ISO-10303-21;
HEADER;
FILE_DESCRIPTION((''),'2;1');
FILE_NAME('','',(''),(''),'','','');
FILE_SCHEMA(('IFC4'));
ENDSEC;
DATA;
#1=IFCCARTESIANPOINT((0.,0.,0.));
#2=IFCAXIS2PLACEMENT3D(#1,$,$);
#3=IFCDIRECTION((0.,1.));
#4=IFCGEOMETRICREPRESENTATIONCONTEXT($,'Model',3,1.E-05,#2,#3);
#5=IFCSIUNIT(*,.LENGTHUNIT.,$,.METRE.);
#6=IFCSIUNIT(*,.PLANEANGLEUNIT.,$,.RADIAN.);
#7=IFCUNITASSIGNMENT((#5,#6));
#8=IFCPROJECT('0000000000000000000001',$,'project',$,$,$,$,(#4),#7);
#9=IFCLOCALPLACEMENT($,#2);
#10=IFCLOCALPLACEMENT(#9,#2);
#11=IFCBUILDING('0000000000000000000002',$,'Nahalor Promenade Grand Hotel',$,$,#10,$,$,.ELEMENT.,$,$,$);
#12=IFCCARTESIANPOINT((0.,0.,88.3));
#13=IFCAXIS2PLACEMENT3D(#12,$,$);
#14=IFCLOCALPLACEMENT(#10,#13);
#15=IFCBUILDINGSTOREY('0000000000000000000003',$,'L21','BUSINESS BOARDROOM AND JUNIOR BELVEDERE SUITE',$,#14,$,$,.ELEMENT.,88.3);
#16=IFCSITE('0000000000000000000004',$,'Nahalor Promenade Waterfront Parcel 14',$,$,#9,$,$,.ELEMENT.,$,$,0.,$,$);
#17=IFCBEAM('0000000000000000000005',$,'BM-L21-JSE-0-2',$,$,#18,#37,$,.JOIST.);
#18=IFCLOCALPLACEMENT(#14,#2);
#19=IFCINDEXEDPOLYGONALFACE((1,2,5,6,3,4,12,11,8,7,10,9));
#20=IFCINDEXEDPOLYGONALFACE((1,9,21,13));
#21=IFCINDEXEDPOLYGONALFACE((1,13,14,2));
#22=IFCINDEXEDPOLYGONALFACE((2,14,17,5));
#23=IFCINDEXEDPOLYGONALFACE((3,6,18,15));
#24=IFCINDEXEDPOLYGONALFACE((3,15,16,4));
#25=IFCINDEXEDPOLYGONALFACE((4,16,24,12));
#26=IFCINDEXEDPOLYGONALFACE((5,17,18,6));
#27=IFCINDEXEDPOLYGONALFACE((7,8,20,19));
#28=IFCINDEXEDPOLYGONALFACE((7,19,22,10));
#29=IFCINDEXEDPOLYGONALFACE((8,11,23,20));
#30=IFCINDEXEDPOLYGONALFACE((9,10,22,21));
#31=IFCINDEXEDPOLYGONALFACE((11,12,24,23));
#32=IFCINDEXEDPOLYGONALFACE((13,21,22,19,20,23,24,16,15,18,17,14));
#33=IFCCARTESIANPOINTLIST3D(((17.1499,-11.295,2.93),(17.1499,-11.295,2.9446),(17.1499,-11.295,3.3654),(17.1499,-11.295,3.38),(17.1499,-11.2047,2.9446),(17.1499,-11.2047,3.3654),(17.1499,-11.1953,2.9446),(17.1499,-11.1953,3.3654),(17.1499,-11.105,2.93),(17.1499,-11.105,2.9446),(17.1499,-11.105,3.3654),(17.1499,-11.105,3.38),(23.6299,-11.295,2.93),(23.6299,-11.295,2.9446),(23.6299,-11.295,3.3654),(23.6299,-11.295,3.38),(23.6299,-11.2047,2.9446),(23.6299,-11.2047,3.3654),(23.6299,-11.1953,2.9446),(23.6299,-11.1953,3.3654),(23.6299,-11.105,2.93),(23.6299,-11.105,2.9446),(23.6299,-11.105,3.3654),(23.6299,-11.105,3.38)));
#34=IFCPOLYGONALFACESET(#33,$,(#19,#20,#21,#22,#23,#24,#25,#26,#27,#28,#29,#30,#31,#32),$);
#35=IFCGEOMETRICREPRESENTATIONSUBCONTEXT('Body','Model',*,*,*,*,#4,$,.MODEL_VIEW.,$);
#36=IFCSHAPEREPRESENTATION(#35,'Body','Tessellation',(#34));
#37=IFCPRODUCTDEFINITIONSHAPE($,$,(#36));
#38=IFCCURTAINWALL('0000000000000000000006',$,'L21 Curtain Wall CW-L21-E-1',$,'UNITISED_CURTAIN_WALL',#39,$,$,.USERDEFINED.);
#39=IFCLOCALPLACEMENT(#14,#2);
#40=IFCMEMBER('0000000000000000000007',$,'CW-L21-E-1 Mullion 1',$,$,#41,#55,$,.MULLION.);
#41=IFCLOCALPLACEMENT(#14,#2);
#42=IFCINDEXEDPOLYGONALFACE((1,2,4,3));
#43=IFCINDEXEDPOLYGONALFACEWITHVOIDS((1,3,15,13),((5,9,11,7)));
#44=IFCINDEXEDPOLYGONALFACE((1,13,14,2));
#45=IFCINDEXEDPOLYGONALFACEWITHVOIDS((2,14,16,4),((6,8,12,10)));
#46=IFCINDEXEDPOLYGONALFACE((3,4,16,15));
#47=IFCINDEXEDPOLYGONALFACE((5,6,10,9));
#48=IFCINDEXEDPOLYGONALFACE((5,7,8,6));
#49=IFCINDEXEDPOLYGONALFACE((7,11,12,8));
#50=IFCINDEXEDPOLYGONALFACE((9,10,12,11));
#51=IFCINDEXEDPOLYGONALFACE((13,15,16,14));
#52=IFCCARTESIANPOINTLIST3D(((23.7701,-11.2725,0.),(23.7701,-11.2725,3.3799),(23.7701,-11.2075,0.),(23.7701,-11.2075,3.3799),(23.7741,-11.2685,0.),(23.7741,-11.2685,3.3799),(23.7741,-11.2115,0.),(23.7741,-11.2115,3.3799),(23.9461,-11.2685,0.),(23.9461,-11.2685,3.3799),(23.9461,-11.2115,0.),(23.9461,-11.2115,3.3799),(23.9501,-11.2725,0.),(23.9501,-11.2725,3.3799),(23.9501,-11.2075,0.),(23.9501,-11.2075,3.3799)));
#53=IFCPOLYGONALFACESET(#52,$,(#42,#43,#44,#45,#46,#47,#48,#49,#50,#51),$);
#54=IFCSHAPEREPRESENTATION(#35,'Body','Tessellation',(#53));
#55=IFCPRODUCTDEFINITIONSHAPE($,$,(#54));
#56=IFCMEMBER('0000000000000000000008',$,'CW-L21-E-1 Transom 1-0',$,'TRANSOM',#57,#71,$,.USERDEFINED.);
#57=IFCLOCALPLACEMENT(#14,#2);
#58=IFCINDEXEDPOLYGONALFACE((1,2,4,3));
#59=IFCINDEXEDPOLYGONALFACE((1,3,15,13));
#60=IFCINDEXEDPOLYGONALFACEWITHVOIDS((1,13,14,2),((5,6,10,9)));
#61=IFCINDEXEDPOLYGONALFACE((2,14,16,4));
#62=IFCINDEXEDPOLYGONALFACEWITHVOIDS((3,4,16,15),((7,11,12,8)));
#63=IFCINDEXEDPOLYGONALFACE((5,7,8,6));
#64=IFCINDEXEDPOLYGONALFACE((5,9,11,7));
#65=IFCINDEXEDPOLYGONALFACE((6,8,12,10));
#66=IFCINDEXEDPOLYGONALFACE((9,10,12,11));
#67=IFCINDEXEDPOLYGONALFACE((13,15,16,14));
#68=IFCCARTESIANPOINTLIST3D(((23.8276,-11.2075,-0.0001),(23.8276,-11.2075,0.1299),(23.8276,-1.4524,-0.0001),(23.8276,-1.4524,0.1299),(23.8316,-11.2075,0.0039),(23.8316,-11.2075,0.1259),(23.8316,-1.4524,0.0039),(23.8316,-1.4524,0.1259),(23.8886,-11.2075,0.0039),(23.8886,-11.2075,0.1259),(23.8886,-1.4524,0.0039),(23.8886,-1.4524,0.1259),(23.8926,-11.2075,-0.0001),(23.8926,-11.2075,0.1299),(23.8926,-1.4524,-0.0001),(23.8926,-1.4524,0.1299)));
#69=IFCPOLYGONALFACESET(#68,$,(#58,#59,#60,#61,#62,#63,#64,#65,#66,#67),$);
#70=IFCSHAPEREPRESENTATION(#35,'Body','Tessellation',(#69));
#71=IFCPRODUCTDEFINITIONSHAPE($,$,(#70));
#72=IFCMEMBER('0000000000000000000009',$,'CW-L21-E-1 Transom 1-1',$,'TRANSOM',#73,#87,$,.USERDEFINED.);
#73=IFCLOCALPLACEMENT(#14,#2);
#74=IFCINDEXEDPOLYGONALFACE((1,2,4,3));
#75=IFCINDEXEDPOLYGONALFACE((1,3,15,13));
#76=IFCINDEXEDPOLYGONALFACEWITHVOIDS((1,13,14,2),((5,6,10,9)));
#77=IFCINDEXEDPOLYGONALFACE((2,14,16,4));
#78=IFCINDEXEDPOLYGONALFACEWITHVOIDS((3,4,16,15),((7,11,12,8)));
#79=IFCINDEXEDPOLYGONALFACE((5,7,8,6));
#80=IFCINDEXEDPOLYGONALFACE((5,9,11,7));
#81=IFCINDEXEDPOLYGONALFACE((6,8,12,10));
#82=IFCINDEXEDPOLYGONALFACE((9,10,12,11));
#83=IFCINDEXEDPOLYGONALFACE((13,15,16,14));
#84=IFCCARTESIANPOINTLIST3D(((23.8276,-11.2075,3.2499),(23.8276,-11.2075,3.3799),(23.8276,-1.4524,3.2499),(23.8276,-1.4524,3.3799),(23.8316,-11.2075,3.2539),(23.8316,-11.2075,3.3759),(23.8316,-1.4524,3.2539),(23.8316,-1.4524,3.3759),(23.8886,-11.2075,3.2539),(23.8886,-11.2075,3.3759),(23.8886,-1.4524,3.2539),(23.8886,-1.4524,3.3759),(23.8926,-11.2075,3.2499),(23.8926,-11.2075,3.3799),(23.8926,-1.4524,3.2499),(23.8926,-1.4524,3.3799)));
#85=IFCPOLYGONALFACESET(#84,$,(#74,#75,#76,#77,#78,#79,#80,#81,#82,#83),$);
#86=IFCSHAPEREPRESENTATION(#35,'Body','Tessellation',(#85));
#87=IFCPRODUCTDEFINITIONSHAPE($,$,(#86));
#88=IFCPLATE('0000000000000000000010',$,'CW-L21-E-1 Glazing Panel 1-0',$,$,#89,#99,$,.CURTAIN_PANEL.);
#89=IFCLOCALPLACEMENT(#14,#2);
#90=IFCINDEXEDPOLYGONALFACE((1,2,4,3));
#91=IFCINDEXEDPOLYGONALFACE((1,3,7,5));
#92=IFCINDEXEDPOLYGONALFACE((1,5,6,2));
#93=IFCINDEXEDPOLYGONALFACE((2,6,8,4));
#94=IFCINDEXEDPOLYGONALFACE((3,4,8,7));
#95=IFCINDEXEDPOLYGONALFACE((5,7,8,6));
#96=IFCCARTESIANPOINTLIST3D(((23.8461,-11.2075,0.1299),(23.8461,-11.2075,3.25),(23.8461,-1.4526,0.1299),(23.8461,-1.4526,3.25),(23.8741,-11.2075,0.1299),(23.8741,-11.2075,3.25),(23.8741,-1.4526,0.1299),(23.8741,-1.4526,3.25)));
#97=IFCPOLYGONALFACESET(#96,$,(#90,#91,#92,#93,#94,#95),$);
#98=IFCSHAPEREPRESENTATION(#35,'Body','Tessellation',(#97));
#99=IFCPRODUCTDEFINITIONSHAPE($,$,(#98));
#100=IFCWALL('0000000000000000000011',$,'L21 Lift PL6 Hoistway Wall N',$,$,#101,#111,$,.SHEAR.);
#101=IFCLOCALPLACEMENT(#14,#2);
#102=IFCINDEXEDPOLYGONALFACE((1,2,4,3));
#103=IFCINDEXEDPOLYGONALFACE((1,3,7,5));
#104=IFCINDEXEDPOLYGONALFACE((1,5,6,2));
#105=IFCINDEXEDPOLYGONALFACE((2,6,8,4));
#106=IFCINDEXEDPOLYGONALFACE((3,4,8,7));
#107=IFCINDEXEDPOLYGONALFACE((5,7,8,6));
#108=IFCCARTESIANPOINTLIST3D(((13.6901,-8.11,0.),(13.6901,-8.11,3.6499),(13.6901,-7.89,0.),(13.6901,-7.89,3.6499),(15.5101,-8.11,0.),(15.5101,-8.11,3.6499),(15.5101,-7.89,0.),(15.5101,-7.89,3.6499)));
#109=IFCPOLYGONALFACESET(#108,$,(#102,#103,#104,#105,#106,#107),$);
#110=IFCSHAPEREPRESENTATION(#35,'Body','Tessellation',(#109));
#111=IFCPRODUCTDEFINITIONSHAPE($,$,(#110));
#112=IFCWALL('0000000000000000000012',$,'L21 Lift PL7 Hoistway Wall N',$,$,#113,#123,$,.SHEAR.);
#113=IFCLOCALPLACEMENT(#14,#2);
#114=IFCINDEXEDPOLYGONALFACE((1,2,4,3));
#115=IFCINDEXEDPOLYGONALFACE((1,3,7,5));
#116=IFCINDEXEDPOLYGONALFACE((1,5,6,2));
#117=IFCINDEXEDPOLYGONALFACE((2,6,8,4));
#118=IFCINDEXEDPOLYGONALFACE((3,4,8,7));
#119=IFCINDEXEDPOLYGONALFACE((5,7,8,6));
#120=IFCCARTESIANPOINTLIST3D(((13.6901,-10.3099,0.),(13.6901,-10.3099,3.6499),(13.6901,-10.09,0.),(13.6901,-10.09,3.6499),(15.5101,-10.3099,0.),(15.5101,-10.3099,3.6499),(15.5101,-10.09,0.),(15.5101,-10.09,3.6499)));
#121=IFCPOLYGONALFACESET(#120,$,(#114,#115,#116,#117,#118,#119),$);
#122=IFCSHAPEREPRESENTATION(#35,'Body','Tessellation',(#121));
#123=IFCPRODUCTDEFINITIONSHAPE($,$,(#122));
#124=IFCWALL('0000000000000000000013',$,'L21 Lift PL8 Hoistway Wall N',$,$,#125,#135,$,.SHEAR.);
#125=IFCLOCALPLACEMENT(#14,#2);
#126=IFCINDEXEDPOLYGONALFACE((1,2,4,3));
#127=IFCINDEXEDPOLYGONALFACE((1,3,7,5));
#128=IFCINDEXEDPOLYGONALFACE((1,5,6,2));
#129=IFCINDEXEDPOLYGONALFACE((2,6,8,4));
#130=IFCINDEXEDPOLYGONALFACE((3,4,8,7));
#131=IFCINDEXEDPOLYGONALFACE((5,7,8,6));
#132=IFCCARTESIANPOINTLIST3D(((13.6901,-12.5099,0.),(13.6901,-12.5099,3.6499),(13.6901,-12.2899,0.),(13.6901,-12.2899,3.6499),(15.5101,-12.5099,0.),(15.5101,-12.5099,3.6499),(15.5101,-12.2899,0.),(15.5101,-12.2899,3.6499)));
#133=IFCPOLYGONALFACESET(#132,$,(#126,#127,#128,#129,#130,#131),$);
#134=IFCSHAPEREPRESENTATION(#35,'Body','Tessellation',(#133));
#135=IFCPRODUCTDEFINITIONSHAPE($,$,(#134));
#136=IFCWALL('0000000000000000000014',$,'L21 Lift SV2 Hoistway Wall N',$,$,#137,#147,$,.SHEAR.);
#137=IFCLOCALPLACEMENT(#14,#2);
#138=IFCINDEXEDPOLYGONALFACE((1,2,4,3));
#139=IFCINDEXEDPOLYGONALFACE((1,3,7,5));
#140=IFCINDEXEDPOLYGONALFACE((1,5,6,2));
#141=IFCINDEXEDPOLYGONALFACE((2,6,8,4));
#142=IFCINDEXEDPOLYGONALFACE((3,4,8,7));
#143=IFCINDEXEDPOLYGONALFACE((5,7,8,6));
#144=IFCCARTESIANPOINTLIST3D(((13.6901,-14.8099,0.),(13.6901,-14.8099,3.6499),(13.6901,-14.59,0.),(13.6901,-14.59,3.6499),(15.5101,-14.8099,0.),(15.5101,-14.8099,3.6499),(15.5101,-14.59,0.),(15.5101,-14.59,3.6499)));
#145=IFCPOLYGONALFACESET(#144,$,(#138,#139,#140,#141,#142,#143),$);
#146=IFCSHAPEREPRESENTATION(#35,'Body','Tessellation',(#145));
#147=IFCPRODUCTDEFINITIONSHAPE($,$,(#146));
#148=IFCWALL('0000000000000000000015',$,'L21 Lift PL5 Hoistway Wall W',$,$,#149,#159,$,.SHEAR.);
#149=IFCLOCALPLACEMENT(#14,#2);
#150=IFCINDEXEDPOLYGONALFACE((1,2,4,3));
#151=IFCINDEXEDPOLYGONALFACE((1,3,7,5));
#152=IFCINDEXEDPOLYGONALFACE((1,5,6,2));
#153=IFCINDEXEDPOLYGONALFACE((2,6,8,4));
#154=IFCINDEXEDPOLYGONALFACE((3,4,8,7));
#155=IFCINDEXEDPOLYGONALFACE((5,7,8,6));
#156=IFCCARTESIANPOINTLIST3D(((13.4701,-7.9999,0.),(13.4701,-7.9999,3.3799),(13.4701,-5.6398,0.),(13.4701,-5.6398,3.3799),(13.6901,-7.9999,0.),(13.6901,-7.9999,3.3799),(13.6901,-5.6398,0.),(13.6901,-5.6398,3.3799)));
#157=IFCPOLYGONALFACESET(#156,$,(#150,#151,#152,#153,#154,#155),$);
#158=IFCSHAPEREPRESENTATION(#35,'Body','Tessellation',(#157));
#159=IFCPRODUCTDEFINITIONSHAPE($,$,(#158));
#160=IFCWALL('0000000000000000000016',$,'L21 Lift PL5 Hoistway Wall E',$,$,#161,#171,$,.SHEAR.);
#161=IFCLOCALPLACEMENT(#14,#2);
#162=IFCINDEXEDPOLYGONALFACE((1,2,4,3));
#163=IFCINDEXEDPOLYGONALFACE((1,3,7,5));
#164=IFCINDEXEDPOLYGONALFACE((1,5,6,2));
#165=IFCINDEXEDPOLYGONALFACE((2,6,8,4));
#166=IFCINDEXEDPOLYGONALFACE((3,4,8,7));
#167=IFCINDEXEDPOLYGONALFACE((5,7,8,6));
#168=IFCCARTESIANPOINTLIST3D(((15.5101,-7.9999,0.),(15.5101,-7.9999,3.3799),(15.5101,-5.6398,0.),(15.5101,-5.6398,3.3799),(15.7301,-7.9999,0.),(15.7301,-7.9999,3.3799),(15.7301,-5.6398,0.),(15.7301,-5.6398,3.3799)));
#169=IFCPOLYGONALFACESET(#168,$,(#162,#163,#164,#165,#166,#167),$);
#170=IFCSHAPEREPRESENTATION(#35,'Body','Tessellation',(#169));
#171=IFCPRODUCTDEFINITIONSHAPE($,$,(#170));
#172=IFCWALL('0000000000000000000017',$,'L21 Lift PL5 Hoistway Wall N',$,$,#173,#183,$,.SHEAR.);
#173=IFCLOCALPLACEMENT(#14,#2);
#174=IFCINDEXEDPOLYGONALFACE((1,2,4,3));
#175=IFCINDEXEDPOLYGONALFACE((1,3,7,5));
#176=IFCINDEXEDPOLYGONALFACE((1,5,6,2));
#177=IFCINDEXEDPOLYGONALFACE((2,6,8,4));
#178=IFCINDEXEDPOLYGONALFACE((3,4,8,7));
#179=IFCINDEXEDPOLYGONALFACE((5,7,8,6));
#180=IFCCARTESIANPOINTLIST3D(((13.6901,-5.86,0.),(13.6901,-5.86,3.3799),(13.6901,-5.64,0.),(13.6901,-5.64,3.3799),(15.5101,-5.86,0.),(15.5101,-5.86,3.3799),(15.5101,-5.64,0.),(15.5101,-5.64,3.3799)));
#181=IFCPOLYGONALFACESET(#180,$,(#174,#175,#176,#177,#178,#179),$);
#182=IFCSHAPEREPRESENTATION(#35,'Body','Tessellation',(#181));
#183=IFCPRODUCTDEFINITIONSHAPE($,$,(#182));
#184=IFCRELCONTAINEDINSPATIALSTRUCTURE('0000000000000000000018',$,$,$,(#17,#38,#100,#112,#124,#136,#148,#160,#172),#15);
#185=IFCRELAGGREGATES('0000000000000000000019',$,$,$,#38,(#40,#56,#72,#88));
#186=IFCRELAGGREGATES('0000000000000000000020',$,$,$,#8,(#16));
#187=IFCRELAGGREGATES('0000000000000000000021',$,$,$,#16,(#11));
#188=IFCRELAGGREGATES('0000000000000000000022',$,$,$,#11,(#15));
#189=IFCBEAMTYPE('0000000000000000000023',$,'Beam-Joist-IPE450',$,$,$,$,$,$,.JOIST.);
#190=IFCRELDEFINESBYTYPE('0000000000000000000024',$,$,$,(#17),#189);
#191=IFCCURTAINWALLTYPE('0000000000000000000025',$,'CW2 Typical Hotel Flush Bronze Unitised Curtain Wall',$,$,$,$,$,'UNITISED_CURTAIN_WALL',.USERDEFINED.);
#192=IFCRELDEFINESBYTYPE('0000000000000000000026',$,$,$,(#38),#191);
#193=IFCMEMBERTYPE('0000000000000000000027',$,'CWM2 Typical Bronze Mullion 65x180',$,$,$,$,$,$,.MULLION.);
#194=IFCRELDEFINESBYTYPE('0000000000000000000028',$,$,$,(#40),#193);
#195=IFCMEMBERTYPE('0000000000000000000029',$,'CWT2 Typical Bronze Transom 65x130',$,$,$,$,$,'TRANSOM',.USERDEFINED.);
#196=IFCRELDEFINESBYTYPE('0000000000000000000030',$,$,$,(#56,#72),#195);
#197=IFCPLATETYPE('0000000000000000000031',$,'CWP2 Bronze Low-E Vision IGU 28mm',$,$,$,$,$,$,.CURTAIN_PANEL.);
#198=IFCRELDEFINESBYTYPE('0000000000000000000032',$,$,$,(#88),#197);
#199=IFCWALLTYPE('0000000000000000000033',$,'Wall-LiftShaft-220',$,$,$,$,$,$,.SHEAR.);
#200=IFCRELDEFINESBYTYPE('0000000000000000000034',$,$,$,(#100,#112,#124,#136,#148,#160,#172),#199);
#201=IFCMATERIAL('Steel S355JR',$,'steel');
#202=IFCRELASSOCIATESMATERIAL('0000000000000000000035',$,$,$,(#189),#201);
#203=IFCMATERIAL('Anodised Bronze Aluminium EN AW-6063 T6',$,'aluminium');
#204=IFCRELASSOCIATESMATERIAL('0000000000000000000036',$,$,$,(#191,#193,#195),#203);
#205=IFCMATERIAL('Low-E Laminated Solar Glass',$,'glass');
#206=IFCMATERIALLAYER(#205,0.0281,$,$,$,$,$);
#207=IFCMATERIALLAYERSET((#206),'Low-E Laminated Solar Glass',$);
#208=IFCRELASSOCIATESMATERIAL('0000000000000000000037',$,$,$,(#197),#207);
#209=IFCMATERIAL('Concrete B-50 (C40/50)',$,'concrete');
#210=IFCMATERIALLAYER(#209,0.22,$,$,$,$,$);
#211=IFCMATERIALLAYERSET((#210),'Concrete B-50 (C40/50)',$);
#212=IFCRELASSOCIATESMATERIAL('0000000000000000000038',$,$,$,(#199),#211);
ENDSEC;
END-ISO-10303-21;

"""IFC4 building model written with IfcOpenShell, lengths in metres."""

from ifc_helpers import new_model, si_unit, direction, frame, frame_2d, origin, origin_2d, place, context, subcontext, project, spatial, rectangle, hollow_rectangle, i_section, extrude, source, transform, mapped, material, layer, layer_set, material_profile, profile_set, type_object, element, aggregate, save


model = new_model("IFC4")

# Units and contexts
model_context = context("Model", 3, precision=1e-05, world=origin(), true_north=direction((0.0, 1.0)))
body_context = subcontext(model_context, "Body", "Model", "MODEL_VIEW")
ifc_project = project(units=[si_unit("LENGTHUNIT", "METRE"), si_unit("PLANEANGLEUNIT", "RADIAN")], contexts=[model_context])

# Site, building, storey
site_placement = place(None, origin())
site = spatial("IfcSite", under=ifc_project, at=site_placement, Name="Nahalor Promenade Waterfront Parcel 14", CompositionType="ELEMENT", RefElevation=0.0)
building_placement = place(site_placement, origin())
building = spatial("IfcBuilding", under=site, at=building_placement, Name="Nahalor Promenade Grand Hotel", CompositionType="ELEMENT")
storey_placement = place(building_placement, frame((0.0, 0.0, 88.3)))
storey = spatial("IfcBuildingStorey", under=building, at=storey_placement, Name="L21", Description="BUSINESS BOARDROOM AND JUNIOR BELVEDERE SUITE", CompositionType="ELEMENT", Elevation=88.3)

# Beam
ifc_material_1 = material(Name="Steel S355JR", Category="steel")
ifc_material_profile_1 = material_profile(ifc_material_1, i_section(OverallWidth=0.19, OverallDepth=0.45, WebThickness=0.0094, FlangeThickness=0.0146, at=origin_2d()), Name="IPE 450")
ifc_profile_set_1 = profile_set([ifc_material_profile_1], Name="Steel S355JR")
beam_type_1 = type_object("IfcBeamType", Name="Beam-Joist-IPE450", PredefinedType="JOIST", material=ifc_profile_set_1)
shared_shape_1 = source(origin(), body_context, "Body", "SweptSolid", [
    extrude(i_section(OverallWidth=0.19, OverallDepth=0.45, WebThickness=0.0094, FlangeThickness=0.0146, at=origin_2d()), origin(), (0.0, 0.0, 1.0), 6.48),
])
beam_1_placement = place(storey_placement, frame((17.1499, -11.2, 3.155), z_axis=(1.0, 0.0, 0.0), x_axis=(0.0, 1.0, 0.0)))
element("IfcBeam", 1, at=beam_1_placement, inside=storey, type_object=beam_type_1, Name="BM-L21-JSE-0-2", PredefinedType="JOIST", context=body_context, shape_type="MappedRepresentation", body=[
    mapped(shared_shape_1, transform((0.0, 0.0, 0.0), scale=1.0)),
])

# Curtain wall, members, plate
ifc_material_2 = material(Name="Anodised Bronze Aluminium EN AW-6063 T6", Category="aluminium")
curtain_wall_type = type_object("IfcCurtainWallType", Name="CW2 Typical Hotel Flush Bronze Unitised Curtain Wall", ElementType="UNITISED_CURTAIN_WALL", PredefinedType="USERDEFINED", material=ifc_material_2)
curtain_wall_placement = place(storey_placement, origin())
curtain_wall = element("IfcCurtainWall", 2, at=curtain_wall_placement, inside=storey, type_object=curtain_wall_type, Name="L21 Curtain Wall CW-L21-E-1", ObjectType="UNITISED_CURTAIN_WALL", PredefinedType="USERDEFINED")
ifc_material_profile_2 = material_profile(ifc_material_2, hollow_rectangle(XDim=0.065, YDim=0.18, WallThickness=0.004, at=origin_2d()), Name="CWM 65x180x4")
ifc_profile_set_2 = profile_set([ifc_material_profile_2], Name="Anodised Bronze Aluminium EN AW-6063 T6")
member_type_1 = type_object("IfcMemberType", Name="CWM2 Typical Bronze Mullion 65x180", PredefinedType="MULLION", material=ifc_profile_set_2)
shared_shape_2 = source(origin(), body_context, "Body", "SweptSolid", [
    extrude(hollow_rectangle(XDim=0.065, YDim=0.18, WallThickness=0.004, at=origin_2d()), origin(), (0.0, 0.0, 1.0), 3.3799),
])
member_1_placement = place(storey_placement, frame((23.8601, -11.24, 0.0), z_axis=(0.0, 0.0, 1.0), x_axis=(0.0, 1.0, 0.0)))
member_1 = element("IfcMember", 3, at=member_1_placement, type_object=member_type_1, Name="CW-L21-E-1 Mullion 1", PredefinedType="MULLION", context=body_context, shape_type="MappedRepresentation", body=[
    mapped(shared_shape_2, transform((0.0, 0.0, 0.0), scale=1.0)),
])
ifc_material_profile_3 = material_profile(ifc_material_2, hollow_rectangle(XDim=0.065, YDim=0.13, WallThickness=0.004, at=origin_2d()), Name="CWT 65x130x4")
ifc_profile_set_3 = profile_set([ifc_material_profile_3], Name="Anodised Bronze Aluminium EN AW-6063 T6")
member_type_2 = type_object("IfcMemberType", Name="CWT2 Typical Bronze Transom 65x130", ElementType="TRANSOM", PredefinedType="USERDEFINED", material=ifc_profile_set_3)
shared_shape_3 = source(origin(), body_context, "Body", "SweptSolid", [
    extrude(hollow_rectangle(XDim=0.065, YDim=0.13, WallThickness=0.004, at=origin_2d()), origin(), (0.0, 0.0, 1.0), 9.7551),
])
member_2_placement = place(storey_placement, frame((23.8601, -11.2075, 0.0649), z_axis=(0.0, 1.0, 0.0), x_axis=(-1.0, 0.0, 0.0)))
member_2 = element("IfcMember", 4, at=member_2_placement, type_object=member_type_2, Name="CW-L21-E-1 Transom 1-0", ObjectType="TRANSOM", PredefinedType="USERDEFINED", context=body_context, shape_type="MappedRepresentation", body=[
    mapped(shared_shape_3, transform((0.0, 0.0, 0.0), scale=1.0)),
])
member_3_placement = place(storey_placement, frame((23.8601, -11.2075, 3.3149), z_axis=(0.0, 1.0, 0.0), x_axis=(-1.0, 0.0, 0.0)))
member_3 = element("IfcMember", 5, at=member_3_placement, type_object=member_type_2, Name="CW-L21-E-1 Transom 1-1", ObjectType="TRANSOM", PredefinedType="USERDEFINED", context=body_context, shape_type="MappedRepresentation", body=[
    mapped(shared_shape_3, transform((0.0, 0.0, 0.0), scale=1.0)),
])
ifc_material_3 = material(Name="Low-E Laminated Solar Glass", Category="glass")
ifc_layer_1 = layer(ifc_material_3, 0.0281)
ifc_layer_set_1 = layer_set([ifc_layer_1], Name="Low-E Laminated Solar Glass")
plate_type = type_object("IfcPlateType", Name="CWP2 Bronze Low-E Vision IGU 28mm", PredefinedType="CURTAIN_PANEL", material=ifc_layer_set_1)
shared_shape_4 = source(origin(), body_context, "Body", "SweptSolid", [
    extrude(rectangle(XDim=9.7549, YDim=0.0281, at=origin_2d()), origin(), (0.0, 0.0, 1.0), 3.1201),
])
plate_placement = place(storey_placement, frame((23.8601, -6.3301, 0.1299), z_axis=(0.0, 0.0, 1.0), x_axis=(0.0, 1.0, 0.0)))
plate = element("IfcPlate", 6, at=plate_placement, type_object=plate_type, Name="CW-L21-E-1 Glazing Panel 1-0", PredefinedType="CURTAIN_PANEL", context=body_context, shape_type="MappedRepresentation", body=[
    mapped(shared_shape_4, transform((0.0, 0.0, 0.0), scale=1.0)),
])
aggregate(curtain_wall, [member_1, member_2, member_3, plate])

# Walls
ifc_material_4 = material(Name="Concrete B-50 (C40/50)", Category="concrete")
ifc_layer_2 = layer(ifc_material_4, 0.22)
ifc_layer_set_2 = layer_set([ifc_layer_2], Name="Concrete B-50 (C40/50)")
wall_type_1 = type_object("IfcWallType", Name="Wall-LiftShaft-220", PredefinedType="SHEAR", material=ifc_layer_set_2)
shared_shape_5 = source(origin(), body_context, "Body", "SweptSolid", [
    extrude(rectangle(XDim=1.8201, YDim=0.22, at=frame_2d((0.9102, 0.0))), origin(), (0.0, 0.0, 1.0), 3.6499),
])
for number, where, z_axis, x_axis, name in (
    (7, (13.6899, -8.0, 0.0), (0.0, 0.0, 1.0), (1.0, 0.0, 0.0), "L21 Lift PL6 Hoistway Wall N"),
    (8, (13.6899, -10.2, 0.0), (0.0, 0.0, 1.0), (1.0, 0.0, 0.0), "L21 Lift PL7 Hoistway Wall N"),
    (9, (13.6899, -12.3999, 0.0), (0.0, 0.0, 1.0), (1.0, 0.0, 0.0), "L21 Lift PL8 Hoistway Wall N"),
    (10, (13.6899, -14.7, 0.0), (0.0, 0.0, 1.0), (1.0, 0.0, 0.0), "L21 Lift SV2 Hoistway Wall N"),
):
    element("IfcWall", number, at=place(storey_placement, frame(where, z_axis=z_axis, x_axis=x_axis)), inside=storey, type_object=wall_type_1, Name=name, PredefinedType="SHEAR", context=body_context, shape_type="MappedRepresentation", body=[
        mapped(shared_shape_5, transform((0.0, 0.0, 0.0), scale=1.0)),
    ])
shared_shape_6 = source(origin(), body_context, "Body", "SweptSolid", [
    extrude(rectangle(XDim=2.3601, YDim=0.22, at=frame_2d((1.1802, 0.0))), origin(), (0.0, 0.0, 1.0), 3.3799),
])
for number, where, z_axis, x_axis, name in (
    (11, (13.5801, -8.0, 0.0), (0.0, 0.0, 1.0), (0.0, 1.0, 0.0), "L21 Lift PL5 Hoistway Wall W"),
    (12, (15.6201, -8.0, 0.0), (0.0, 0.0, 1.0), (0.0, 1.0, 0.0), "L21 Lift PL5 Hoistway Wall E"),
):
    element("IfcWall", number, at=place(storey_placement, frame(where, z_axis=z_axis, x_axis=x_axis)), inside=storey, type_object=wall_type_1, Name=name, PredefinedType="SHEAR", context=body_context, shape_type="MappedRepresentation", body=[
        mapped(shared_shape_6, transform((0.0, 0.0, 0.0), scale=1.0)),
    ])
shared_shape_7 = source(origin(), body_context, "Body", "SweptSolid", [
    extrude(rectangle(XDim=1.8201, YDim=0.22, at=frame_2d((0.9102, 0.0))), origin(), (0.0, 0.0, 1.0), 3.3799),
])
wall_1_placement = place(storey_placement, frame((13.6899, -5.75, 0.0), z_axis=(0.0, 0.0, 1.0), x_axis=(1.0, 0.0, 0.0)))
element("IfcWall", 13, at=wall_1_placement, inside=storey, type_object=wall_type_1, Name="L21 Lift PL5 Hoistway Wall N", PredefinedType="SHEAR", context=body_context, shape_type="MappedRepresentation", body=[
    mapped(shared_shape_7, transform((0.0, 0.0, 0.0), scale=1.0)),
])

save(model, "model.ifc")
